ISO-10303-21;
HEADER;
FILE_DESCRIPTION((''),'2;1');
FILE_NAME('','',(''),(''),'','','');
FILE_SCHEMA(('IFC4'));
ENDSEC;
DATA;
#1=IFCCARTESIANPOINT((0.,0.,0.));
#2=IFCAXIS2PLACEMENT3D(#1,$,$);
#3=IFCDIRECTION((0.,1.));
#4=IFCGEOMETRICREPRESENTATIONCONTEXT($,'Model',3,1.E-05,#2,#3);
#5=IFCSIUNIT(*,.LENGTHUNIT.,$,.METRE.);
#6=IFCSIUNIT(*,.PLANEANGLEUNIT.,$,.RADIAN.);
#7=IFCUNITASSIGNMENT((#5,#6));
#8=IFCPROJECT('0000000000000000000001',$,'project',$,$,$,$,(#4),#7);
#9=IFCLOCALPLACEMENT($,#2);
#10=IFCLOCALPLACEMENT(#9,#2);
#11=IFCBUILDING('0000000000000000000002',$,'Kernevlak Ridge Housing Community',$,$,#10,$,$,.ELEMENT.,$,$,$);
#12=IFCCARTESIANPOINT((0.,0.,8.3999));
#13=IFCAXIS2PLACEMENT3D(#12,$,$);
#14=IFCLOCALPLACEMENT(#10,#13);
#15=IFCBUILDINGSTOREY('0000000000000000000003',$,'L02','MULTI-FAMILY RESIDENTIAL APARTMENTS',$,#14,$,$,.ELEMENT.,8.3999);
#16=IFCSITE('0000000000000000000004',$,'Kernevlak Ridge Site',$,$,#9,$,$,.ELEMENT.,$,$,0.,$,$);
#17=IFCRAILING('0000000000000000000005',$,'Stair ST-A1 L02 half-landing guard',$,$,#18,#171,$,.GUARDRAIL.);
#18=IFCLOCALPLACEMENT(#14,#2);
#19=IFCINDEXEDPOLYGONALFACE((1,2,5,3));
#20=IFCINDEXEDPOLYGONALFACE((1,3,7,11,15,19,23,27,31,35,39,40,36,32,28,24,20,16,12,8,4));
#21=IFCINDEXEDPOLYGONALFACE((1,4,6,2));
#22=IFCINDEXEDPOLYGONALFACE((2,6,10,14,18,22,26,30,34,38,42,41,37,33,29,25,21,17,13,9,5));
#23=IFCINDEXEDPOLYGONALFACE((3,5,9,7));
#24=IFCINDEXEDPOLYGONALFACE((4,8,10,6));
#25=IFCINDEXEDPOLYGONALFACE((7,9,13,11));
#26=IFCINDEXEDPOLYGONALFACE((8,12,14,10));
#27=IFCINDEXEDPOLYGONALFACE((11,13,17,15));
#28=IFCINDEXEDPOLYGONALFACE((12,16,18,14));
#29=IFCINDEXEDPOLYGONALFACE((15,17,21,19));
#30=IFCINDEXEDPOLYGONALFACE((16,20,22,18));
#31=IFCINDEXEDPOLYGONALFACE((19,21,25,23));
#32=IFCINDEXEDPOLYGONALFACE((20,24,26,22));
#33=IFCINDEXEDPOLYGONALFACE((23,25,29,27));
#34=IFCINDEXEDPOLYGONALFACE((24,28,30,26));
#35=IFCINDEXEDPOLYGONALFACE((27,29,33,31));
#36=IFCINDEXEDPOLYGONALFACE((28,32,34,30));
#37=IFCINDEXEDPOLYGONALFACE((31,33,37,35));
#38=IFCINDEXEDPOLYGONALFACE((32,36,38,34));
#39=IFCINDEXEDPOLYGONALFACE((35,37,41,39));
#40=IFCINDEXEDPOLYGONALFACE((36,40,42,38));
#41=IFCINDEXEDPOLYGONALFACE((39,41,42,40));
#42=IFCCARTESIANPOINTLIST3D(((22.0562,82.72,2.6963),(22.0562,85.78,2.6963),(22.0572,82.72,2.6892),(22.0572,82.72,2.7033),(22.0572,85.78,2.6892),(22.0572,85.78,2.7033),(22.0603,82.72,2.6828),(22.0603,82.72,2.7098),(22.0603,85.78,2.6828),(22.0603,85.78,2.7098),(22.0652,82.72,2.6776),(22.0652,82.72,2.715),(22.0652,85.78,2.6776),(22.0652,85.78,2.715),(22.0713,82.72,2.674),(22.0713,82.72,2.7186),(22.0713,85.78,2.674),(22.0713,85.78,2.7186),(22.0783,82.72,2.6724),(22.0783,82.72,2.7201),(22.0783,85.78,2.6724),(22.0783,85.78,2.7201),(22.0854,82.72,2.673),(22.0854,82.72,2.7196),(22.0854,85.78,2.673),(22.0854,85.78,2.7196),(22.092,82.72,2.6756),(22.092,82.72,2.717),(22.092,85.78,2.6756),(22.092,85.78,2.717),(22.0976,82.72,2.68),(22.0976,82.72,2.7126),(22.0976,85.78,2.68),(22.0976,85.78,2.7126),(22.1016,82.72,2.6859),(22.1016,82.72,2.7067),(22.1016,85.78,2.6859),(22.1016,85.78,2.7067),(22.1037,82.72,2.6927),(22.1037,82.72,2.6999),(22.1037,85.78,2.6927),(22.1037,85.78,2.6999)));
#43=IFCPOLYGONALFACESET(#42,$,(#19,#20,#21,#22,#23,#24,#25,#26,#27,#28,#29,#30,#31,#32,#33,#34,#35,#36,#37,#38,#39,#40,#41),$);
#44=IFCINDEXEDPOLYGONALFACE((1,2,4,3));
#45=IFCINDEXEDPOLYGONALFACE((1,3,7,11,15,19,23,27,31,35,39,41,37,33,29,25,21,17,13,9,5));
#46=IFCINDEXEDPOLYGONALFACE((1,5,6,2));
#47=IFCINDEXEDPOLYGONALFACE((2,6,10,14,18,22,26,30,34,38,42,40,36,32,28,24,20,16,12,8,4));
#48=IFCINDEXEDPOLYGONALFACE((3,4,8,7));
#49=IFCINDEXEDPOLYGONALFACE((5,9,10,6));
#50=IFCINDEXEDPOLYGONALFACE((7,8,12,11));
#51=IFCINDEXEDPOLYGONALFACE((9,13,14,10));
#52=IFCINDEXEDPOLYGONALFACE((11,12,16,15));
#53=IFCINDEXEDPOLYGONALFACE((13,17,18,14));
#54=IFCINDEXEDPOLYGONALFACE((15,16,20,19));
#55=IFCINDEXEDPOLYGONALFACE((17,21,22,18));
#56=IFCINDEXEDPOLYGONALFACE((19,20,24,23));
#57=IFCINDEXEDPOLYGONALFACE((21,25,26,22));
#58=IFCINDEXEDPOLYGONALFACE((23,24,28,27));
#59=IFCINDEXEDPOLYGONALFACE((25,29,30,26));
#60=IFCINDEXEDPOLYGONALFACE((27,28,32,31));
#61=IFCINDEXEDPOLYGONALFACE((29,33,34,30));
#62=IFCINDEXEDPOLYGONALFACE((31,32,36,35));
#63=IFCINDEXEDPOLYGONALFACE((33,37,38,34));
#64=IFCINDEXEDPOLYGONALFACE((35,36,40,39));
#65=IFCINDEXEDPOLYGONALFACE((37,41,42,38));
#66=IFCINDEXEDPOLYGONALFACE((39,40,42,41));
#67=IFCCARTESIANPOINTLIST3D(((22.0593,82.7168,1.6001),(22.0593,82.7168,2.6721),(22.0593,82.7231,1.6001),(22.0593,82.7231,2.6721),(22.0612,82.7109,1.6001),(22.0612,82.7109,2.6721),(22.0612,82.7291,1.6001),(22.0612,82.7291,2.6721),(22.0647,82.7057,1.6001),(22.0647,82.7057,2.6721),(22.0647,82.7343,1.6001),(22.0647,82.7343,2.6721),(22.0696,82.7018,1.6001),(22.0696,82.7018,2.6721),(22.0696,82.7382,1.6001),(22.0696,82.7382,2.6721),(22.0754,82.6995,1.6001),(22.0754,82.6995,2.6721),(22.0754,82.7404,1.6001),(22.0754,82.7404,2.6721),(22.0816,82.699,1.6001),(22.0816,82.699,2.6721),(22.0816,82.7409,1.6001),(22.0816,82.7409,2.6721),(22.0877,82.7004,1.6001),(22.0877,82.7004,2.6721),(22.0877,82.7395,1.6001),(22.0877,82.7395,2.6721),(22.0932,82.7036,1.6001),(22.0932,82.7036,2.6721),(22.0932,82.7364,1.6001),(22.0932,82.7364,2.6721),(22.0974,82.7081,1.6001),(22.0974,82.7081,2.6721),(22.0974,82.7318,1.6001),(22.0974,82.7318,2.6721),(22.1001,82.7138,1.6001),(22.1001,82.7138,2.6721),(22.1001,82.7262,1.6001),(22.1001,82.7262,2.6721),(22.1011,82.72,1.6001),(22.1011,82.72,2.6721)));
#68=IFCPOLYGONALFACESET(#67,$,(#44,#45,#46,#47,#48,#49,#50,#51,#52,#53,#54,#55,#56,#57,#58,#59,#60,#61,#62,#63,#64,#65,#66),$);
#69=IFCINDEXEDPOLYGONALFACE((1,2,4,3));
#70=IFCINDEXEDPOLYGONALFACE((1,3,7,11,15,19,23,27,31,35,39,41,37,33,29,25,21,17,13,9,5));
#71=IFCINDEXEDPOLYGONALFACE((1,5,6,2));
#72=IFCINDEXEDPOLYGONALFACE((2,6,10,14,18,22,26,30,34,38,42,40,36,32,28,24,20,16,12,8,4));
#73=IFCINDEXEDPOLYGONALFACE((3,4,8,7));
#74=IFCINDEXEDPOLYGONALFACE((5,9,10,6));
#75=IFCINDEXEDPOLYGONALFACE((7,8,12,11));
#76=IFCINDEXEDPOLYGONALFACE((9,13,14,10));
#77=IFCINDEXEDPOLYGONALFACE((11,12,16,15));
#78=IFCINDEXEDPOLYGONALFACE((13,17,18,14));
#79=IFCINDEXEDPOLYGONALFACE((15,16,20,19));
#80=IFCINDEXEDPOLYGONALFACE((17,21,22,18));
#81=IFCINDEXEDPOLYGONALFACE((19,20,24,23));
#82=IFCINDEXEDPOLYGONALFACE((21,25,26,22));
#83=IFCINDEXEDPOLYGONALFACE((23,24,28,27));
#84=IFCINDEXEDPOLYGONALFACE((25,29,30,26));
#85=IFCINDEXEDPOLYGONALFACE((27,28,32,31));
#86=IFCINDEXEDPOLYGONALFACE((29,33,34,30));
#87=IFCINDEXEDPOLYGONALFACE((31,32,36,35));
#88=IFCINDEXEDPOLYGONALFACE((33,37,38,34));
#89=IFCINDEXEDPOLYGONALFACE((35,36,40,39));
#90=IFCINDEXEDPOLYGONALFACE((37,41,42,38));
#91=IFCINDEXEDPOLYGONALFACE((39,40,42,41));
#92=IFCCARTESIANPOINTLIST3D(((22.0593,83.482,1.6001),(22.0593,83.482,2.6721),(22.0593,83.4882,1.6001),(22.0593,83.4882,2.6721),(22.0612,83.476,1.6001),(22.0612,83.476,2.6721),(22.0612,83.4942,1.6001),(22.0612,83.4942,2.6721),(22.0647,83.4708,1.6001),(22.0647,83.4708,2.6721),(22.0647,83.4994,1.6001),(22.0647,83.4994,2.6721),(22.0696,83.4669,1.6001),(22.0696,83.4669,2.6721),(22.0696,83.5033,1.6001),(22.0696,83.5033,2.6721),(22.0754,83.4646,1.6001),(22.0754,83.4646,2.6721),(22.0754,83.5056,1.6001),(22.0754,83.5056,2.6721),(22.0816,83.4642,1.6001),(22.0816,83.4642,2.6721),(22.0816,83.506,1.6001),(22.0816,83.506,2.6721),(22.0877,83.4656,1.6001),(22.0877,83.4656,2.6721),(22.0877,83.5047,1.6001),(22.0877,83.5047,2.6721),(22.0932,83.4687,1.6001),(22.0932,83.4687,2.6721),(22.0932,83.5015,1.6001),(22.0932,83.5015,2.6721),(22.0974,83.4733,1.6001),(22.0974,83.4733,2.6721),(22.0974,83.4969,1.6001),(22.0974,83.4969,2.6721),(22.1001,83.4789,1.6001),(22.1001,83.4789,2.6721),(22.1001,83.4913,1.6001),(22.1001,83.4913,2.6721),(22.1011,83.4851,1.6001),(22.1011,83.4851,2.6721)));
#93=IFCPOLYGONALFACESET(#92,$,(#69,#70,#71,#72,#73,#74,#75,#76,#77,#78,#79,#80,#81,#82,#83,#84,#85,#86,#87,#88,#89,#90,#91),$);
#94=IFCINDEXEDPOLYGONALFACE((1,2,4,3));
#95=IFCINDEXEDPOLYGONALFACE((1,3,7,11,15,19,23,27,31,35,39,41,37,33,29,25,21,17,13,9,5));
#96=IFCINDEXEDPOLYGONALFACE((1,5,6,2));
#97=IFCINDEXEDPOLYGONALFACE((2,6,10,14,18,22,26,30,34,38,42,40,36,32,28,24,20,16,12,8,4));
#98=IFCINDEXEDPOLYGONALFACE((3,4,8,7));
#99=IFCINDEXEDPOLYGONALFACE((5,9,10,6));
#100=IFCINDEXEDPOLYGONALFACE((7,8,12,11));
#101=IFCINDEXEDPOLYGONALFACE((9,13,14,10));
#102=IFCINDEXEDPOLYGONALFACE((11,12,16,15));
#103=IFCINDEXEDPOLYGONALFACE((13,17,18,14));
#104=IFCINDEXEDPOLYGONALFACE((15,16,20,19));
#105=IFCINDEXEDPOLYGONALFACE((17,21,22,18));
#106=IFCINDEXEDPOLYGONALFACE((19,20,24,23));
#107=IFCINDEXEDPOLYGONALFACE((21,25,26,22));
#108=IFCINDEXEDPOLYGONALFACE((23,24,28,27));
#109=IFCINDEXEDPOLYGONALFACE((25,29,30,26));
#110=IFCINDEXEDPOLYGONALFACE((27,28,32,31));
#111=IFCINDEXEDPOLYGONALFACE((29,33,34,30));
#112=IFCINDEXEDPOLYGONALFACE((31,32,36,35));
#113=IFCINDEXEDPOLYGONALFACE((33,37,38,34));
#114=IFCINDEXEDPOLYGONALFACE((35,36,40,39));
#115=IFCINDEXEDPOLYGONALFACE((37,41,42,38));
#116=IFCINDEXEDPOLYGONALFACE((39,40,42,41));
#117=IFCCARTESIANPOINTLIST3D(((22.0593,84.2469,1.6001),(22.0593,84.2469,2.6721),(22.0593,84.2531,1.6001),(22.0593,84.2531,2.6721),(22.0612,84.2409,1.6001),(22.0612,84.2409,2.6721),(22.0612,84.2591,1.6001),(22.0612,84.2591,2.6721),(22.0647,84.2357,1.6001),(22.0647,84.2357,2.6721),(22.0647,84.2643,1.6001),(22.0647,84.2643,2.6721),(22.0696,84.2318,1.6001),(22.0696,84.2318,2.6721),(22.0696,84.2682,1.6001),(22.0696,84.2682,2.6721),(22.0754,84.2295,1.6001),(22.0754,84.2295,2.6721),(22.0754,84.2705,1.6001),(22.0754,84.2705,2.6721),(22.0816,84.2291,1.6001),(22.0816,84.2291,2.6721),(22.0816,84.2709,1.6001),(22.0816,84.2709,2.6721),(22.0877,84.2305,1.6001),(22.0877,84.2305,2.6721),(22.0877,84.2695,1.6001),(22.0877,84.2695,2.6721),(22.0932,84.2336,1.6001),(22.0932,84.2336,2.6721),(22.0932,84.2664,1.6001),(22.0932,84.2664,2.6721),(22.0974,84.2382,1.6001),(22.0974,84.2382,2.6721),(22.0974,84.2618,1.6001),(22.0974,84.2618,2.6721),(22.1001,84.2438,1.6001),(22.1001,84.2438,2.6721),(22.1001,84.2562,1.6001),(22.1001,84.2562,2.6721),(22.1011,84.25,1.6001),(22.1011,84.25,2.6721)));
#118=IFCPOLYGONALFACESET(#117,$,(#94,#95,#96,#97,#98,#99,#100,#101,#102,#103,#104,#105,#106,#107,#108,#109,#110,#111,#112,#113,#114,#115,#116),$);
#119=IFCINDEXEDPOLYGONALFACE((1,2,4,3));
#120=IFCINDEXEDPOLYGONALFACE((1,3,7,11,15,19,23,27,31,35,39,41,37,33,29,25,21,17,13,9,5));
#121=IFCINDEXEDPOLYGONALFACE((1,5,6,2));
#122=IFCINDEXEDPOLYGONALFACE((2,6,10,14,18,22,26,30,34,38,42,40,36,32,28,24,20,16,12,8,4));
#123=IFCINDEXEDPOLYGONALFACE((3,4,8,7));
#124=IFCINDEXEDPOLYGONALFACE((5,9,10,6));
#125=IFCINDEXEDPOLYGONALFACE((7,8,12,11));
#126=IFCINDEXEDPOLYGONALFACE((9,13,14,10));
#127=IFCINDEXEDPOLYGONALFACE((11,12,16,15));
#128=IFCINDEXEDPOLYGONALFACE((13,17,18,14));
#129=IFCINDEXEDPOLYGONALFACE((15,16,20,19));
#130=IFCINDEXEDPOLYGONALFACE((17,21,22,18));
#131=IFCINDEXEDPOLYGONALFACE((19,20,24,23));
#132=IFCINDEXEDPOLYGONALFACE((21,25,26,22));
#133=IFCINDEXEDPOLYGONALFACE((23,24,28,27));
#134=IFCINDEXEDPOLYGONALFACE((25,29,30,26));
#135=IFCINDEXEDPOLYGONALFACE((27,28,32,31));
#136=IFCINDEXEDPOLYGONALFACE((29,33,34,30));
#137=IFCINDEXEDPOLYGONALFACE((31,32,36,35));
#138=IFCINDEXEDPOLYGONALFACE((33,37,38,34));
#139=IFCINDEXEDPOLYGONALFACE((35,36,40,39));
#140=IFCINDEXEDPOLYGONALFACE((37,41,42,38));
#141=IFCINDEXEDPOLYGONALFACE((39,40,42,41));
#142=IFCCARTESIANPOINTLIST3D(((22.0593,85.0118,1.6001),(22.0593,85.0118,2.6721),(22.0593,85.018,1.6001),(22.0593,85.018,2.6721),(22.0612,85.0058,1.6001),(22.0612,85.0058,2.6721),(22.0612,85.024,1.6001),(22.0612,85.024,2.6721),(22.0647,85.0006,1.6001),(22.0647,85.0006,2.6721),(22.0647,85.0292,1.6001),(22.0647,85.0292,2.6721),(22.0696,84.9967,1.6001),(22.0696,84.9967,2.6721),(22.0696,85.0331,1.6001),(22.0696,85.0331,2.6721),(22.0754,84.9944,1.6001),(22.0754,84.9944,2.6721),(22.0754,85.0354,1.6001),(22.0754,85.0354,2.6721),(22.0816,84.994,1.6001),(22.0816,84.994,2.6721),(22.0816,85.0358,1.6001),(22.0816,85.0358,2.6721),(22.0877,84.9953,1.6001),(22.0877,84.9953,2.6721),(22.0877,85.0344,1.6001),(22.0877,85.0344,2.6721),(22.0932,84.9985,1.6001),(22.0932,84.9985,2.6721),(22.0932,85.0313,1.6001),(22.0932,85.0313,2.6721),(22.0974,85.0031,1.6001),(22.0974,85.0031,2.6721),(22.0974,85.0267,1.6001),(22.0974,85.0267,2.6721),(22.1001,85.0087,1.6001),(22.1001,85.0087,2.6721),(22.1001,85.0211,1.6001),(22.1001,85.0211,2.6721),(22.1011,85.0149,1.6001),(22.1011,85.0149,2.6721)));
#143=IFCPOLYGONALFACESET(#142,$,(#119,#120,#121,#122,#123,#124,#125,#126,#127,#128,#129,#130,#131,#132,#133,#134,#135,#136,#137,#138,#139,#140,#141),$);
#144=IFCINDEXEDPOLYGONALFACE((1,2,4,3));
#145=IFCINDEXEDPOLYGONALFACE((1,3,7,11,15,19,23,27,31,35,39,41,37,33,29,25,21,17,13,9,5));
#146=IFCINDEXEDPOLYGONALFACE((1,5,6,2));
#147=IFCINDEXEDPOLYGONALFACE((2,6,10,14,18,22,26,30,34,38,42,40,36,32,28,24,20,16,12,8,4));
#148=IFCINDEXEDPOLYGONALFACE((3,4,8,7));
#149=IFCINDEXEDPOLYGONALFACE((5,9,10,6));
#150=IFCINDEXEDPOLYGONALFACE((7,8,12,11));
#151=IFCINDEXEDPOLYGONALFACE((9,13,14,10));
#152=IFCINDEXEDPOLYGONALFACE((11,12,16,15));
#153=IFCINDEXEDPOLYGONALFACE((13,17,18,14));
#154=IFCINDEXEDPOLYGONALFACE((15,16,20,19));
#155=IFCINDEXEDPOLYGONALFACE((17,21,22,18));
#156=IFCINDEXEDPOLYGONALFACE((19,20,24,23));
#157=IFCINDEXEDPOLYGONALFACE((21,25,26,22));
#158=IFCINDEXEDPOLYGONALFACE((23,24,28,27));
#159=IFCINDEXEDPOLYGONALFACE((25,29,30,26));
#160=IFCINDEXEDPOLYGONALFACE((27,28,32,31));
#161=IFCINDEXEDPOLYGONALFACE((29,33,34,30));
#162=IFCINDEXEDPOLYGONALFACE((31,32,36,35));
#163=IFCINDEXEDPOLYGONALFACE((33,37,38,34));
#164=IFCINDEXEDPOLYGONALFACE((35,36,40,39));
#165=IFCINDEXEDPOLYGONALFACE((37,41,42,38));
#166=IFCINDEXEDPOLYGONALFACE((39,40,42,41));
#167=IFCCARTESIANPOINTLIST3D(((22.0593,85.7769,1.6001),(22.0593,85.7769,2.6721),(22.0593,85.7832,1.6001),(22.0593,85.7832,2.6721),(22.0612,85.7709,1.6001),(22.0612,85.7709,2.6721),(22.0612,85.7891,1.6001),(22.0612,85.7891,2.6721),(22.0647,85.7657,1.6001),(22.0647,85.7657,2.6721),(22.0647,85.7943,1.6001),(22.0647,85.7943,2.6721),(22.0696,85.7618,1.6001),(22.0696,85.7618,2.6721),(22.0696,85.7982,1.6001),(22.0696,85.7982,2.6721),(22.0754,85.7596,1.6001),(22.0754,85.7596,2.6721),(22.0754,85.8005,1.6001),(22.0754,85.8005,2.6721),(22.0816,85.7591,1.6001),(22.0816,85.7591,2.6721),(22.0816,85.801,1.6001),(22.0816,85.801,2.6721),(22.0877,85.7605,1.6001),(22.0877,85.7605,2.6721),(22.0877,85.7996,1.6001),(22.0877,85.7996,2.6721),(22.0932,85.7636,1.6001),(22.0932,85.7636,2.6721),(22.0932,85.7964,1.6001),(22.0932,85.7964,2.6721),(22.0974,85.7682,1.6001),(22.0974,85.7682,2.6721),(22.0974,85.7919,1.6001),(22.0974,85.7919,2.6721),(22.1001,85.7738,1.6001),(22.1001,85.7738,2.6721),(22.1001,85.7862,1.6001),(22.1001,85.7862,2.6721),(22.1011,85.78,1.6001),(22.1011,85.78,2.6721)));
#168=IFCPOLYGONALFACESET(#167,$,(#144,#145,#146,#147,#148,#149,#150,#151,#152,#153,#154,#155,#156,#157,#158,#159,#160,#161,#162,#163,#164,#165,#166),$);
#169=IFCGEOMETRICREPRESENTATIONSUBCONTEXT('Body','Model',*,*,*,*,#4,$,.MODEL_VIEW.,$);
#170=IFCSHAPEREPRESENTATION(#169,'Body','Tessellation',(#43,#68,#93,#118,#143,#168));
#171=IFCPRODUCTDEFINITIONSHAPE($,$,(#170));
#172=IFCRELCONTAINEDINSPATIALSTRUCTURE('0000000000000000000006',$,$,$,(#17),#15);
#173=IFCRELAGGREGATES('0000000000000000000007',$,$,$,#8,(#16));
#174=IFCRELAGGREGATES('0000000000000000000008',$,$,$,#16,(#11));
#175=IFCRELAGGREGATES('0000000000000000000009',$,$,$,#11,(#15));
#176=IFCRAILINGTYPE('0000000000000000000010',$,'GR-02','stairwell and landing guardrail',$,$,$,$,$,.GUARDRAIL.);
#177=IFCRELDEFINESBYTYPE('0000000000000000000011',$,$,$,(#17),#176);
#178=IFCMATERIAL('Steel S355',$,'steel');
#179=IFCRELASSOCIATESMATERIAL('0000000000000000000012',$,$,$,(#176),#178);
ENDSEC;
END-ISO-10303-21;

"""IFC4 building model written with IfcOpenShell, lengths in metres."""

from ifc_helpers import new_model, si_unit, direction, frame, origin, origin_2d, place, context, subcontext, project, spatial, circle, extrude, material, type_object, element, save


model = new_model("IFC4")

# Units and contexts
model_context = context("Model", 3, precision=1e-05, world=origin(), true_north=direction((0.0, 1.0)))
body_context = subcontext(model_context, "Body", "Model", "MODEL_VIEW")
ifc_project = project(units=[si_unit("LENGTHUNIT", "METRE"), si_unit("PLANEANGLEUNIT", "RADIAN")], contexts=[model_context])

# Site, building, storey
site_placement = place(None, origin())
site = spatial("IfcSite", under=ifc_project, at=site_placement, Name="Kernevlak Ridge Site", CompositionType="ELEMENT", RefElevation=0.0)
building_placement = place(site_placement, origin())
building = spatial("IfcBuilding", under=site, at=building_placement, Name="Kernevlak Ridge Housing Community", CompositionType="ELEMENT")
storey_placement = place(building_placement, frame((0.0, 0.0, 8.3999)))
storey = spatial("IfcBuildingStorey", under=building, at=storey_placement, Name="L02", Description="MULTI-FAMILY RESIDENTIAL APARTMENTS", CompositionType="ELEMENT", Elevation=8.3999)

# Railing
ifc_material_1 = material(Name="Steel S355", Category="steel")
railing_type_1 = type_object("IfcRailingType", Name="GR-02", Description="stairwell and landing guardrail", PredefinedType="GUARDRAIL", material=ifc_material_1)
railing_1_placement = place(storey_placement, frame((22.0801, 82.72, 1.6001)))
element("IfcRailing", 1, at=railing_1_placement, inside=storey, type_object=railing_type_1, Name="Stair ST-A1 L02 half-landing guard", PredefinedType="GUARDRAIL", context=body_context, shape_type="SweptSolid", body=[
    extrude(circle(Radius=0.0239, at=origin_2d()), frame((0.0, 0.0, 1.0962), z_axis=(0.0, 1.0, 0.0), x_axis=(-1.0, 0.0, 0.0)), (0.0, 0.0, 1.0), 3.0601),
    extrude(circle(Radius=0.021, at=origin_2d()), origin(), (0.0, 0.0, 1.0), 1.072),
    extrude(circle(Radius=0.021, at=origin_2d()), frame((0.0, 0.7651, 0.0)), (0.0, 0.0, 1.0), 1.072),
    extrude(circle(Radius=0.021, at=origin_2d()), frame((0.0, 1.53, 0.0)), (0.0, 0.0, 1.0), 1.072),
    extrude(circle(Radius=0.021, at=origin_2d()), frame((0.0, 2.2949, 0.0)), (0.0, 0.0, 1.0), 1.072),
    extrude(circle(Radius=0.021, at=origin_2d()), frame((0.0, 3.0601, 0.0)), (0.0, 0.0, 1.0), 1.072),
])

save(model, "model.ifc")
